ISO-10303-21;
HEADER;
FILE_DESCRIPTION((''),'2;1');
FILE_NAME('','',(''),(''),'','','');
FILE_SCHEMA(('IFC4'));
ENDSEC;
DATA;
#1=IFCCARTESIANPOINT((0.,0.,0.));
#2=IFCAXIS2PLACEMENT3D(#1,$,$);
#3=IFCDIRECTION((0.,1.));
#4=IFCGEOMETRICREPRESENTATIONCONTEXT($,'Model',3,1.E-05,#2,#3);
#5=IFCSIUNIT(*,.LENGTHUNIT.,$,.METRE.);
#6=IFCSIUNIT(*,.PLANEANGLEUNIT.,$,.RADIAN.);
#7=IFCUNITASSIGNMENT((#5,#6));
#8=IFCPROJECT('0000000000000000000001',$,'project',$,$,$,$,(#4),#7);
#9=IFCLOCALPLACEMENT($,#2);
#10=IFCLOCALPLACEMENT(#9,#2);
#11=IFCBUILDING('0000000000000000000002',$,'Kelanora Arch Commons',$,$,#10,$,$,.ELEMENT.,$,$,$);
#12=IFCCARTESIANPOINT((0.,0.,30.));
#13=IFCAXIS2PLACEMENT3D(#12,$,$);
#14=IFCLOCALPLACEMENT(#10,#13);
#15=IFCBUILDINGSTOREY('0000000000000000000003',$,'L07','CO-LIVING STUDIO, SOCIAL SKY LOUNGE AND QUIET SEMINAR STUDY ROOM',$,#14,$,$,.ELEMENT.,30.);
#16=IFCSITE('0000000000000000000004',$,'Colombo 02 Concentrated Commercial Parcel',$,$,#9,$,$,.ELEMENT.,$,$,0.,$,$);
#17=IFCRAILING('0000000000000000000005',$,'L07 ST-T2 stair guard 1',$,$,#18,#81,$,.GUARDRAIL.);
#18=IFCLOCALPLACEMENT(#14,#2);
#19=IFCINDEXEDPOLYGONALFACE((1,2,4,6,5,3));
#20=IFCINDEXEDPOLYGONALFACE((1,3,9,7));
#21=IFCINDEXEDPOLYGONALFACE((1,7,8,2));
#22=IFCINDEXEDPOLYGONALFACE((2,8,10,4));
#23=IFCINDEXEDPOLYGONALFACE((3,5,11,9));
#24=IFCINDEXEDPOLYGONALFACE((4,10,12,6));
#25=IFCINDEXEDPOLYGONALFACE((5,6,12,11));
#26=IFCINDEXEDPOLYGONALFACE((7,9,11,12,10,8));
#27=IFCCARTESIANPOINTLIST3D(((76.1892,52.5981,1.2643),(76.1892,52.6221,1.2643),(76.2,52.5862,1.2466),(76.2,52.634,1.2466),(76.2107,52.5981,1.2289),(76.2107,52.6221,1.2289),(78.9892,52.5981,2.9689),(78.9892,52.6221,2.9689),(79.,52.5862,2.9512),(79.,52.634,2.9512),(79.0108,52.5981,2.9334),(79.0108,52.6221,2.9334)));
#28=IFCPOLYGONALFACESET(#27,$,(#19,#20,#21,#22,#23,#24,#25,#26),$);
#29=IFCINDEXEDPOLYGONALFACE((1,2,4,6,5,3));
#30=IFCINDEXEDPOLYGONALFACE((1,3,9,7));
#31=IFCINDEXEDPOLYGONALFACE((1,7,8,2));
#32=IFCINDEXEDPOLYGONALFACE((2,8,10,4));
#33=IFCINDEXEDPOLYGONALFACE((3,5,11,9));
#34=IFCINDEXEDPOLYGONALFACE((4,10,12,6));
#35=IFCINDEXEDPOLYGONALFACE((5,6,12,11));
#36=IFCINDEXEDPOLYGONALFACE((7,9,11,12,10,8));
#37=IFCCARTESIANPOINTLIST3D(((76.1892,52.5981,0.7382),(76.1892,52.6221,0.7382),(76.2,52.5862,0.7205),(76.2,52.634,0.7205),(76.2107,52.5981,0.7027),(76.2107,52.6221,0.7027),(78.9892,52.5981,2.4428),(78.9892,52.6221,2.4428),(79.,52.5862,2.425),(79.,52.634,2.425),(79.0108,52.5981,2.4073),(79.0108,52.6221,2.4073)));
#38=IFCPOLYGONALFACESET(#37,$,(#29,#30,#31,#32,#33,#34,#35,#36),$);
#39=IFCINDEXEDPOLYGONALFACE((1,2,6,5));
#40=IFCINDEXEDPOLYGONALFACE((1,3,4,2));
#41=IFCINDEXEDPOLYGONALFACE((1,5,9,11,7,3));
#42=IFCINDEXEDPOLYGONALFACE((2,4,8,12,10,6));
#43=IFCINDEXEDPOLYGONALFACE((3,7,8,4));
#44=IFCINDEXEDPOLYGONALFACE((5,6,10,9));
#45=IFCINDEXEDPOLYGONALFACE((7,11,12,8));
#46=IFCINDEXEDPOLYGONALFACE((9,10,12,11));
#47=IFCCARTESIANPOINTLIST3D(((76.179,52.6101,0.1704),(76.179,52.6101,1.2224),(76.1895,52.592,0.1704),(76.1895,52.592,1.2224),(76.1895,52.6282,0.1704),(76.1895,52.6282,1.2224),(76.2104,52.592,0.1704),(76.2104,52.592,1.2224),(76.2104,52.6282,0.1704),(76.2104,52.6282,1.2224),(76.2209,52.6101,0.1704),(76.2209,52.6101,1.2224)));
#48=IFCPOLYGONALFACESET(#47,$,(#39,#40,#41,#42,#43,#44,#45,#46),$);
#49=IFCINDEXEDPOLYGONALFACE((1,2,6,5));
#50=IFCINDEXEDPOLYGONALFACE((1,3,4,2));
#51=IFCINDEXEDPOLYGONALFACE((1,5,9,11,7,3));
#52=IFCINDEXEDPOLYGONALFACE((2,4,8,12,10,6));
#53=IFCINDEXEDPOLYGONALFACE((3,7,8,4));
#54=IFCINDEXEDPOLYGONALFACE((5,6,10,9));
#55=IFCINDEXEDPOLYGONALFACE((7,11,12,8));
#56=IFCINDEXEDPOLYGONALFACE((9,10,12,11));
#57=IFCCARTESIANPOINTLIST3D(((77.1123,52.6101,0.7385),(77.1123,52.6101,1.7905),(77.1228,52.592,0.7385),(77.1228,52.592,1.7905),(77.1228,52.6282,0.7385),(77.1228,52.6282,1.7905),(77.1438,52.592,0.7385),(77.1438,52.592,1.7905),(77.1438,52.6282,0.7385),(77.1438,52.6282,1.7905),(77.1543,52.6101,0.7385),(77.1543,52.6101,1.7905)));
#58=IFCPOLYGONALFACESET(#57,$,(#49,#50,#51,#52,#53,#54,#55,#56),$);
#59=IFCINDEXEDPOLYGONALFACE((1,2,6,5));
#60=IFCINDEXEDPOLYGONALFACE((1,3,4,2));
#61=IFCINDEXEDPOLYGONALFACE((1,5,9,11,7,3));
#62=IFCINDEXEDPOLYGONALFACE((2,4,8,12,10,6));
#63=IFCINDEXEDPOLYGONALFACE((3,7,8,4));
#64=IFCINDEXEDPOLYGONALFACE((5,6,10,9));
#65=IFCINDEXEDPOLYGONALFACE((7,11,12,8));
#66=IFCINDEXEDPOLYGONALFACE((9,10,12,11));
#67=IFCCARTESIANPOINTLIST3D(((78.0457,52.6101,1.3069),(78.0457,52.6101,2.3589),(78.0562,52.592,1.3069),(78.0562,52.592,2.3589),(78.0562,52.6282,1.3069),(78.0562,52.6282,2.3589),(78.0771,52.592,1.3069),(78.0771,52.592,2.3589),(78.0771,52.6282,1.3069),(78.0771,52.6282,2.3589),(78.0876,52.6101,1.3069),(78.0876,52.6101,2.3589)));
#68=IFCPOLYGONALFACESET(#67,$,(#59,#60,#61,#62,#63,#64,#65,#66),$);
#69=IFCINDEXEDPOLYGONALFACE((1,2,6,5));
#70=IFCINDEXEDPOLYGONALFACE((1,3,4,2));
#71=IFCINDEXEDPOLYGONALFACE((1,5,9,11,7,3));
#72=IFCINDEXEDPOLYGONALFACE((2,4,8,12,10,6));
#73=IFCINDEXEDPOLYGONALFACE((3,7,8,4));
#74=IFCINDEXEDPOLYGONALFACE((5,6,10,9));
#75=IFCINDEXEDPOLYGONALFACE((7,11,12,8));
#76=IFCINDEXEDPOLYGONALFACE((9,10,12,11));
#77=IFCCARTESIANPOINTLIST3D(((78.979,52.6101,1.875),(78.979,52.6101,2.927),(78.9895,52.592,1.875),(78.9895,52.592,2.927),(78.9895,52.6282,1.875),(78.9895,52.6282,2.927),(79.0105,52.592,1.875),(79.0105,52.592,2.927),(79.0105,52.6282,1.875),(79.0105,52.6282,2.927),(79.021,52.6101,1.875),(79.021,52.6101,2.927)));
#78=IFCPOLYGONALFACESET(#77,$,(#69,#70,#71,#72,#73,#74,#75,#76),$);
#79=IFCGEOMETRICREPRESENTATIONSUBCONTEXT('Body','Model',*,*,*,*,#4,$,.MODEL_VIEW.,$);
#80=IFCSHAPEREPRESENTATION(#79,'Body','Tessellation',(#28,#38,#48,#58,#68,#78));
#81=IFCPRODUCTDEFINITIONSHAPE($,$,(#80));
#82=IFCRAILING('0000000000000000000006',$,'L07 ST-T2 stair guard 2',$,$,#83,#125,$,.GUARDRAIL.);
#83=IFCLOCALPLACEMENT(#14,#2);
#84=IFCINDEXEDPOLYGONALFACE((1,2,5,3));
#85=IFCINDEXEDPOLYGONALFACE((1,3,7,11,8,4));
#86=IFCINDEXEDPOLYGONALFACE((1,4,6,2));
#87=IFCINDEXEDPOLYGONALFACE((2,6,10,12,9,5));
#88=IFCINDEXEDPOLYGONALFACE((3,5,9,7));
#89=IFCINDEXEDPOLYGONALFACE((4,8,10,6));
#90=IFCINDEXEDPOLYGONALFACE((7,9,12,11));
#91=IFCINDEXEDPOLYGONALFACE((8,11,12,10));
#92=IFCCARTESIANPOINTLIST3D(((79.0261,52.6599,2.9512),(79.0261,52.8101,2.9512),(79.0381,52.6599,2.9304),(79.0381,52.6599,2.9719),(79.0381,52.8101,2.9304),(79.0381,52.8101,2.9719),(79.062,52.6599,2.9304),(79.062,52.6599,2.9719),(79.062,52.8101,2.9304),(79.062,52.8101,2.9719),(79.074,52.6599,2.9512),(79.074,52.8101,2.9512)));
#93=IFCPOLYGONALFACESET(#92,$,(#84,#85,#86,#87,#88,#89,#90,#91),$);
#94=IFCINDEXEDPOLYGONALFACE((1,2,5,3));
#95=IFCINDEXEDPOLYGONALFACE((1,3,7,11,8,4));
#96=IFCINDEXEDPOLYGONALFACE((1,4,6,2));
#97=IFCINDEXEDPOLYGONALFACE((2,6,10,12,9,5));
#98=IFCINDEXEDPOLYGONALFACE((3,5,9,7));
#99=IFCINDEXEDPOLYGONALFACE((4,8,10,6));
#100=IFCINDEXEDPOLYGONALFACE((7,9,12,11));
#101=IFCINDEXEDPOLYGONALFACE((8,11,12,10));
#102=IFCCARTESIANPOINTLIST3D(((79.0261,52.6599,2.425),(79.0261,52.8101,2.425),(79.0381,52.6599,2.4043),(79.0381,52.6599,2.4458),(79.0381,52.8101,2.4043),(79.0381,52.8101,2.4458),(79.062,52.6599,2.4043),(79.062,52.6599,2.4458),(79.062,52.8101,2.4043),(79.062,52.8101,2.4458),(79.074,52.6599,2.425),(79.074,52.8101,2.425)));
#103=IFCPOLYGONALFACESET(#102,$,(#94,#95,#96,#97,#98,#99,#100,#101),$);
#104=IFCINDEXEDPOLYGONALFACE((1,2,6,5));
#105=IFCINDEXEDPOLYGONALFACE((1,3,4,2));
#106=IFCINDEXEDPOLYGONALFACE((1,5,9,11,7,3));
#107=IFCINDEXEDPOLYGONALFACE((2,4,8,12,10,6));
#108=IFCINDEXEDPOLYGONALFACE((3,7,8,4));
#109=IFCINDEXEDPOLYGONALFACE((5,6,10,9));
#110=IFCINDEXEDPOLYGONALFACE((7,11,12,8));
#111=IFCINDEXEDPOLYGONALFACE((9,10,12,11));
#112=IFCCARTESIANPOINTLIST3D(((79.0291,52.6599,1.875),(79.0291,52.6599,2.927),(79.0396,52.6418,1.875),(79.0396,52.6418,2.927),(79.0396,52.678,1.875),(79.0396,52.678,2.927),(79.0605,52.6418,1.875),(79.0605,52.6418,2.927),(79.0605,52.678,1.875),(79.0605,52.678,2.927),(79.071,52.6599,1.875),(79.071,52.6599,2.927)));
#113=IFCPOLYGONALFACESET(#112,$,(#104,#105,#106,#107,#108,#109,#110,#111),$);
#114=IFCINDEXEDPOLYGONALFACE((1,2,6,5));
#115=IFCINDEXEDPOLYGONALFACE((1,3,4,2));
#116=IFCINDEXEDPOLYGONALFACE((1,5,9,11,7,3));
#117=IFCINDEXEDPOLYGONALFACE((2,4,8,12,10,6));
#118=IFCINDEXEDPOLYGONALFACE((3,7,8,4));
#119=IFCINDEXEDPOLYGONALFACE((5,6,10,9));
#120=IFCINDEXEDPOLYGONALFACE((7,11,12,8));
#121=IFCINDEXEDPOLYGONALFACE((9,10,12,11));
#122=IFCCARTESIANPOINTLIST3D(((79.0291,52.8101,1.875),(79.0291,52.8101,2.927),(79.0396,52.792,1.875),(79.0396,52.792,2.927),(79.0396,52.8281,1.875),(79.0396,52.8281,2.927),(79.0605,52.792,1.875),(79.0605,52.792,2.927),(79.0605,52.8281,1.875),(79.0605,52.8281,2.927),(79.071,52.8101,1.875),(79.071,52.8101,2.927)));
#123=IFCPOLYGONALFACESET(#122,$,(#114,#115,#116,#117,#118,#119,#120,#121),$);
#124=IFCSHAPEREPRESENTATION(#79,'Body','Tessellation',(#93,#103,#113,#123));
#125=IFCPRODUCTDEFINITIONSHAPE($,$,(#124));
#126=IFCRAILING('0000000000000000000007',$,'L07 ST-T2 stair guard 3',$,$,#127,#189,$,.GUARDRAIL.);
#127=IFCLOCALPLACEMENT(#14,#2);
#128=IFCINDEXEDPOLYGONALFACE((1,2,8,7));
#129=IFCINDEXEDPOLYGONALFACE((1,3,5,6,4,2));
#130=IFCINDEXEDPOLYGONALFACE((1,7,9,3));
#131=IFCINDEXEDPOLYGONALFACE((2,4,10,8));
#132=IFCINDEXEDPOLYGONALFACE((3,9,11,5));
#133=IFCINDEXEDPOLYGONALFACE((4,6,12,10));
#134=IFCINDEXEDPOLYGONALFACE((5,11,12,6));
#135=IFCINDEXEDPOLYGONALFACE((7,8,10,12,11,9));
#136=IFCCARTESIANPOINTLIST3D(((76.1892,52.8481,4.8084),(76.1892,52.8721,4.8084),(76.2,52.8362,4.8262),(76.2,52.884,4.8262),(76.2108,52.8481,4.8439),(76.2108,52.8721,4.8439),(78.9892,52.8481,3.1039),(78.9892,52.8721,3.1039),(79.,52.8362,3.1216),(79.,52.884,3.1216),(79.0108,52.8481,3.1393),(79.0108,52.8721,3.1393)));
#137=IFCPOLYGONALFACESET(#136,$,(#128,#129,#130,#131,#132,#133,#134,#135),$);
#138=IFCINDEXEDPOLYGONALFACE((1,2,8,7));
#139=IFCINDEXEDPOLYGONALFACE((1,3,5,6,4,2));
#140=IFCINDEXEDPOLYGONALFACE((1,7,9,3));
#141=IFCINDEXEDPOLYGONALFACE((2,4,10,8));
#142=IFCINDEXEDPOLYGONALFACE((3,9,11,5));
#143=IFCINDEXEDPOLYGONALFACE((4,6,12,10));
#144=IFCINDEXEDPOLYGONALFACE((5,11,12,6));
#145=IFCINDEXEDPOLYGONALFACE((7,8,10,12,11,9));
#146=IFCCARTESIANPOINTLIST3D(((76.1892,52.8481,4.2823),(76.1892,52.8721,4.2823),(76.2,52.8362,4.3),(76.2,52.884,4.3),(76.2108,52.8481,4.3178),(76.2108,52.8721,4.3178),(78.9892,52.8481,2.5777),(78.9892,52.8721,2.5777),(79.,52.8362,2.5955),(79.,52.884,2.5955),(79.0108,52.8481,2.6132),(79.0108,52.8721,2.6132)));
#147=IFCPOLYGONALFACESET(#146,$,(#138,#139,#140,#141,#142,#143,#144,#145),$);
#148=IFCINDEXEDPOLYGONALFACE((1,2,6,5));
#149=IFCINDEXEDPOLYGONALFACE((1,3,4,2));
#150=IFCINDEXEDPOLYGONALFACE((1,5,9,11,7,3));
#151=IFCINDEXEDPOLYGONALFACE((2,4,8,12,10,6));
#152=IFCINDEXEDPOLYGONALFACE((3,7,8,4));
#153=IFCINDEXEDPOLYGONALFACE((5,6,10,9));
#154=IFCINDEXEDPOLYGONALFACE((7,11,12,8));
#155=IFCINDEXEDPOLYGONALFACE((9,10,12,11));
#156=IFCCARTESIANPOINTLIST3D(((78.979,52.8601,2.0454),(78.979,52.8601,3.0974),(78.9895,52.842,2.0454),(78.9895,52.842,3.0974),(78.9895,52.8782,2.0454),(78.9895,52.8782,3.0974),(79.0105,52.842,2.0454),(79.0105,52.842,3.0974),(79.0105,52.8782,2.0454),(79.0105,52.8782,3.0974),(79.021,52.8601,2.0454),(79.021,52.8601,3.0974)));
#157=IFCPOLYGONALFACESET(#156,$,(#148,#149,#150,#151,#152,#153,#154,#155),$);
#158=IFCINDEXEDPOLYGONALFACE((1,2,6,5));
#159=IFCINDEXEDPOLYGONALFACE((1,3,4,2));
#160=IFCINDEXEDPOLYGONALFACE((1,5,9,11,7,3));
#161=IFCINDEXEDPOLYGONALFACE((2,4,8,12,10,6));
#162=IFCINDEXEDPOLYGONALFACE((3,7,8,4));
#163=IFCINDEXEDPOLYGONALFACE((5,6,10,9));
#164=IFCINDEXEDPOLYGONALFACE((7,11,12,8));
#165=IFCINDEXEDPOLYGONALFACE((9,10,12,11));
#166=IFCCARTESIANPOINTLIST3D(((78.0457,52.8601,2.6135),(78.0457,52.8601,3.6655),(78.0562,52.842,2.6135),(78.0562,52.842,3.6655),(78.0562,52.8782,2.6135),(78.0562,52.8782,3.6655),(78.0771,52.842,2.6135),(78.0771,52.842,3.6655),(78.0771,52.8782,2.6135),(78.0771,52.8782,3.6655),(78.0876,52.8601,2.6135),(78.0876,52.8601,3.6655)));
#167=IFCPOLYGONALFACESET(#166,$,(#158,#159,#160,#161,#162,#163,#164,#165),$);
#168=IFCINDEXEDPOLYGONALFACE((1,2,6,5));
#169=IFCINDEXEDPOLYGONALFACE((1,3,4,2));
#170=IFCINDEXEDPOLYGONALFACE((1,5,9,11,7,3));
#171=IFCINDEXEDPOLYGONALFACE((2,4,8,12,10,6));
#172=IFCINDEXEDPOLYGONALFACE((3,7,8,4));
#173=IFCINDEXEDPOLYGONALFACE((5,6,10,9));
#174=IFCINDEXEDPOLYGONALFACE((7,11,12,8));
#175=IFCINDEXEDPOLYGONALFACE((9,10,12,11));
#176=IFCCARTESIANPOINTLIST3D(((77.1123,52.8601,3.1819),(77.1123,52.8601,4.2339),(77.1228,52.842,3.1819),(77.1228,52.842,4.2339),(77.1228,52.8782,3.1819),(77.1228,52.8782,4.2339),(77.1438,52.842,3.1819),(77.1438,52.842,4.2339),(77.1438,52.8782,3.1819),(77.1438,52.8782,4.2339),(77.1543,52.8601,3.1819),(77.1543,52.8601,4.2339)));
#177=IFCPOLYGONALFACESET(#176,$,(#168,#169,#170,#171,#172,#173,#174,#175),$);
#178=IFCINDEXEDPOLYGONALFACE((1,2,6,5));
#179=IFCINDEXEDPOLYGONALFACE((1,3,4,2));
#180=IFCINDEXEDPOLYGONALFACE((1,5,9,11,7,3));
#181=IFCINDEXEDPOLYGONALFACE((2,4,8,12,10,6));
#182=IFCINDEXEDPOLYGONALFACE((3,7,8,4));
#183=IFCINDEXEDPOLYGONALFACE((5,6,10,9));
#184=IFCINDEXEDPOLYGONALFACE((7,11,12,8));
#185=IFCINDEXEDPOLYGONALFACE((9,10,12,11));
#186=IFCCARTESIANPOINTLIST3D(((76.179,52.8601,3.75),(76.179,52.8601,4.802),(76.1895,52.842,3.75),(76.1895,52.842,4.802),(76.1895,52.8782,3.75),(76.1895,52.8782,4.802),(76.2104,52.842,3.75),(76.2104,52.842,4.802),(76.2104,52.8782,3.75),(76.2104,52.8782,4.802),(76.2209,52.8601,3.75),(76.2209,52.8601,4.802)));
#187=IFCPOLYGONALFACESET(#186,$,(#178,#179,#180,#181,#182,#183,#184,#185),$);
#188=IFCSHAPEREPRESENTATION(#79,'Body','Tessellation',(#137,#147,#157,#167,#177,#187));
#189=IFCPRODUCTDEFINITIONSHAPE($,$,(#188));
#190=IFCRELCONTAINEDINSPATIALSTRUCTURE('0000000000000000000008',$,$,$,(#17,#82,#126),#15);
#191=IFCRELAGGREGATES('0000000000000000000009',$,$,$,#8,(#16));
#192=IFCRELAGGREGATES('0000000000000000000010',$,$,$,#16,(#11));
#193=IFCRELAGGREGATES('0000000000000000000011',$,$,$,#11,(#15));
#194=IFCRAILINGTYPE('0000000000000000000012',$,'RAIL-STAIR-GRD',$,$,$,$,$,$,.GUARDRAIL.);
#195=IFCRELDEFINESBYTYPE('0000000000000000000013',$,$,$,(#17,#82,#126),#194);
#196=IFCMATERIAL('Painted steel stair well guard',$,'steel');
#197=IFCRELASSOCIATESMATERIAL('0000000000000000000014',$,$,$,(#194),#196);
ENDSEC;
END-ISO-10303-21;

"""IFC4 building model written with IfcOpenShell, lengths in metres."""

from ifc_helpers import new_model, si_unit, direction, frame, origin, place, context, subcontext, project, spatial, polyline, outline, extrude, material, type_object, element, save


model = new_model("IFC4")

# Units and contexts
model_context = context("Model", 3, precision=1e-05, world=origin(), true_north=direction((0.0, 1.0)))
body_context = subcontext(model_context, "Body", "Model", "MODEL_VIEW")
ifc_project = project(units=[si_unit("LENGTHUNIT", "METRE"), si_unit("PLANEANGLEUNIT", "RADIAN")], contexts=[model_context])

# Site, building, storey
site_placement = place(None, origin())
site = spatial("IfcSite", under=ifc_project, at=site_placement, Name="Colombo 02 Concentrated Commercial Parcel", CompositionType="ELEMENT", RefElevation=0.0)
building_placement = place(site_placement, origin())
building = spatial("IfcBuilding", under=site, at=building_placement, Name="Kelanora Arch Commons", CompositionType="ELEMENT")
storey_placement = place(building_placement, frame((0.0, 0.0, 30.0)))
storey = spatial("IfcBuildingStorey", under=building, at=storey_placement, Name="L07", Description="CO-LIVING STUDIO, SOCIAL SKY LOUNGE AND QUIET SEMINAR STUDY ROOM", CompositionType="ELEMENT", Elevation=30.0)

# Railings
ifc_material_1 = material(Name="Painted steel stair well guard", Category="steel")
railing_type_1 = type_object("IfcRailingType", Name="RAIL-STAIR-GRD", PredefinedType="GUARDRAIL", material=ifc_material_1)
railing_1_placement = place(storey_placement, frame((76.2, 52.6101, 0.1704)))
element("IfcRailing", 1, at=railing_1_placement, inside=storey, type_object=railing_type_1, Name="L07 ST-T2 stair guard 1", PredefinedType="GUARDRAIL", context=body_context, shape_type="SweptSolid", body=[
    extrude(outline(polyline([(0.0239, 0.0), (0.012, 0.0208), (-0.012, 0.0208), (-0.0239, 0.0), (-0.012, -0.0208), (0.012, -0.0208), (0.0239, 0.0)])), frame((0.0, 0.0, 1.0762), z_axis=(0.85417, 0.0, 0.519994), x_axis=(0.0, 1.0, 0.0)), (0.0, 0.0, 1.0), 3.2781),
    extrude(outline(polyline([(0.0239, 0.0), (0.012, 0.0208), (-0.012, 0.0208), (-0.0239, 0.0), (-0.012, -0.0208), (0.012, -0.0208), (0.0239, 0.0)])), frame((0.0, 0.0, 0.55), z_axis=(0.85417, 0.0, 0.519994), x_axis=(0.0, 1.0, 0.0)), (0.0, 0.0, 1.0), 3.2781),
    extrude(outline(polyline([(0.021, 0.0), (0.0105, 0.0181), (-0.0105, 0.0181), (-0.021, 0.0), (-0.0105, -0.0181), (0.0105, -0.0181), (0.021, 0.0)])), origin(), (0.0, 0.0, 1.0), 1.052),
    extrude(outline(polyline([(0.021, 0.0), (0.0105, 0.0181), (-0.0105, 0.0181), (-0.021, 0.0), (-0.0105, -0.0181), (0.0105, -0.0181), (0.021, 0.0)])), frame((0.9333, 0.0, 0.5681)), (0.0, 0.0, 1.0), 1.052),
    extrude(outline(polyline([(0.021, 0.0), (0.0105, 0.0181), (-0.0105, 0.0181), (-0.021, 0.0), (-0.0105, -0.0181), (0.0105, -0.0181), (0.021, 0.0)])), frame((1.8667, 0.0, 1.1365)), (0.0, 0.0, 1.0), 1.052),
    extrude(outline(polyline([(0.021, 0.0), (0.0105, 0.0181), (-0.0105, 0.0181), (-0.021, 0.0), (-0.0105, -0.0181), (0.0105, -0.0181), (0.021, 0.0)])), frame((2.8, 0.0, 1.7046)), (0.0, 0.0, 1.0), 1.052),
])
railing_2_placement = place(storey_placement, frame((79.05, 52.6599, 1.875)))
element("IfcRailing", 2, at=railing_2_placement, inside=storey, type_object=railing_type_1, Name="L07 ST-T2 stair guard 2", PredefinedType="GUARDRAIL", context=body_context, shape_type="SweptSolid", body=[
    extrude(outline(polyline([(0.0239, 0.0), (0.012, 0.0208), (-0.012, 0.0208), (-0.0239, 0.0), (-0.012, -0.0208), (0.012, -0.0208), (0.0239, 0.0)])), frame((0.0, 0.0, 1.0762), z_axis=(0.0, 1.0, 0.0), x_axis=(-1.0, 0.0, 0.0)), (0.0, 0.0, 1.0), 0.1501),
    extrude(outline(polyline([(0.0239, 0.0), (0.012, 0.0208), (-0.012, 0.0208), (-0.0239, 0.0), (-0.012, -0.0208), (0.012, -0.0208), (0.0239, 0.0)])), frame((0.0, 0.0, 0.55), z_axis=(0.0, 1.0, 0.0), x_axis=(-1.0, 0.0, 0.0)), (0.0, 0.0, 1.0), 0.1501),
    extrude(outline(polyline([(0.021, 0.0), (0.0105, 0.0181), (-0.0105, 0.0181), (-0.021, 0.0), (-0.0105, -0.0181), (0.0105, -0.0181), (0.021, 0.0)])), origin(), (0.0, 0.0, 1.0), 1.052),
    extrude(outline(polyline([(0.021, 0.0), (0.0105, 0.0181), (-0.0105, 0.0181), (-0.021, 0.0), (-0.0105, -0.0181), (0.0105, -0.0181), (0.021, 0.0)])), frame((0.0, 0.1501, 0.0)), (0.0, 0.0, 1.0), 1.052),
])
railing_3_placement = place(storey_placement, frame((79.0, 52.8601, 2.0454)))
element("IfcRailing", 3, at=railing_3_placement, inside=storey, type_object=railing_type_1, Name="L07 ST-T2 stair guard 3", PredefinedType="GUARDRAIL", context=body_context, shape_type="SweptSolid", body=[
    extrude(outline(polyline([(0.0239, 0.0), (0.012, 0.0208), (-0.012, 0.0208), (-0.0239, 0.0), (-0.012, -0.0208), (0.012, -0.0208), (0.0239, 0.0)])), frame((0.0, 0.0, 1.0762), z_axis=(-0.85417, 0.0, 0.519994), x_axis=(0.0, -1.0, 0.0)), (0.0, 0.0, 1.0), 3.2781),
    extrude(outline(polyline([(0.0239, 0.0), (0.012, 0.0208), (-0.012, 0.0208), (-0.0239, 0.0), (-0.012, -0.0208), (0.012, -0.0208), (0.0239, 0.0)])), frame((0.0, 0.0, 0.55), z_axis=(-0.85417, 0.0, 0.519994), x_axis=(0.0, -1.0, 0.0)), (0.0, 0.0, 1.0), 3.2781),
    extrude(outline(polyline([(0.021, 0.0), (0.0105, 0.0181), (-0.0105, 0.0181), (-0.021, 0.0), (-0.0105, -0.0181), (0.0105, -0.0181), (0.021, 0.0)])), origin(), (0.0, 0.0, 1.0), 1.052),
    extrude(outline(polyline([(0.021, 0.0), (0.0105, 0.0181), (-0.0105, 0.0181), (-0.021, 0.0), (-0.0105, -0.0181), (0.0105, -0.0181), (0.021, 0.0)])), frame((-0.9333, 0.0, 0.5681)), (0.0, 0.0, 1.0), 1.052),
    extrude(outline(polyline([(0.021, 0.0), (0.0105, 0.0181), (-0.0105, 0.0181), (-0.021, 0.0), (-0.0105, -0.0181), (0.0105, -0.0181), (0.021, 0.0)])), frame((-1.8667, 0.0, 1.1365)), (0.0, 0.0, 1.0), 1.052),
    extrude(outline(polyline([(0.021, 0.0), (0.0105, 0.0181), (-0.0105, 0.0181), (-0.021, 0.0), (-0.0105, -0.0181), (0.0105, -0.0181), (0.021, 0.0)])), frame((-2.8, 0.0, 1.7046)), (0.0, 0.0, 1.0), 1.052),
])

save(model, "model.ifc")
